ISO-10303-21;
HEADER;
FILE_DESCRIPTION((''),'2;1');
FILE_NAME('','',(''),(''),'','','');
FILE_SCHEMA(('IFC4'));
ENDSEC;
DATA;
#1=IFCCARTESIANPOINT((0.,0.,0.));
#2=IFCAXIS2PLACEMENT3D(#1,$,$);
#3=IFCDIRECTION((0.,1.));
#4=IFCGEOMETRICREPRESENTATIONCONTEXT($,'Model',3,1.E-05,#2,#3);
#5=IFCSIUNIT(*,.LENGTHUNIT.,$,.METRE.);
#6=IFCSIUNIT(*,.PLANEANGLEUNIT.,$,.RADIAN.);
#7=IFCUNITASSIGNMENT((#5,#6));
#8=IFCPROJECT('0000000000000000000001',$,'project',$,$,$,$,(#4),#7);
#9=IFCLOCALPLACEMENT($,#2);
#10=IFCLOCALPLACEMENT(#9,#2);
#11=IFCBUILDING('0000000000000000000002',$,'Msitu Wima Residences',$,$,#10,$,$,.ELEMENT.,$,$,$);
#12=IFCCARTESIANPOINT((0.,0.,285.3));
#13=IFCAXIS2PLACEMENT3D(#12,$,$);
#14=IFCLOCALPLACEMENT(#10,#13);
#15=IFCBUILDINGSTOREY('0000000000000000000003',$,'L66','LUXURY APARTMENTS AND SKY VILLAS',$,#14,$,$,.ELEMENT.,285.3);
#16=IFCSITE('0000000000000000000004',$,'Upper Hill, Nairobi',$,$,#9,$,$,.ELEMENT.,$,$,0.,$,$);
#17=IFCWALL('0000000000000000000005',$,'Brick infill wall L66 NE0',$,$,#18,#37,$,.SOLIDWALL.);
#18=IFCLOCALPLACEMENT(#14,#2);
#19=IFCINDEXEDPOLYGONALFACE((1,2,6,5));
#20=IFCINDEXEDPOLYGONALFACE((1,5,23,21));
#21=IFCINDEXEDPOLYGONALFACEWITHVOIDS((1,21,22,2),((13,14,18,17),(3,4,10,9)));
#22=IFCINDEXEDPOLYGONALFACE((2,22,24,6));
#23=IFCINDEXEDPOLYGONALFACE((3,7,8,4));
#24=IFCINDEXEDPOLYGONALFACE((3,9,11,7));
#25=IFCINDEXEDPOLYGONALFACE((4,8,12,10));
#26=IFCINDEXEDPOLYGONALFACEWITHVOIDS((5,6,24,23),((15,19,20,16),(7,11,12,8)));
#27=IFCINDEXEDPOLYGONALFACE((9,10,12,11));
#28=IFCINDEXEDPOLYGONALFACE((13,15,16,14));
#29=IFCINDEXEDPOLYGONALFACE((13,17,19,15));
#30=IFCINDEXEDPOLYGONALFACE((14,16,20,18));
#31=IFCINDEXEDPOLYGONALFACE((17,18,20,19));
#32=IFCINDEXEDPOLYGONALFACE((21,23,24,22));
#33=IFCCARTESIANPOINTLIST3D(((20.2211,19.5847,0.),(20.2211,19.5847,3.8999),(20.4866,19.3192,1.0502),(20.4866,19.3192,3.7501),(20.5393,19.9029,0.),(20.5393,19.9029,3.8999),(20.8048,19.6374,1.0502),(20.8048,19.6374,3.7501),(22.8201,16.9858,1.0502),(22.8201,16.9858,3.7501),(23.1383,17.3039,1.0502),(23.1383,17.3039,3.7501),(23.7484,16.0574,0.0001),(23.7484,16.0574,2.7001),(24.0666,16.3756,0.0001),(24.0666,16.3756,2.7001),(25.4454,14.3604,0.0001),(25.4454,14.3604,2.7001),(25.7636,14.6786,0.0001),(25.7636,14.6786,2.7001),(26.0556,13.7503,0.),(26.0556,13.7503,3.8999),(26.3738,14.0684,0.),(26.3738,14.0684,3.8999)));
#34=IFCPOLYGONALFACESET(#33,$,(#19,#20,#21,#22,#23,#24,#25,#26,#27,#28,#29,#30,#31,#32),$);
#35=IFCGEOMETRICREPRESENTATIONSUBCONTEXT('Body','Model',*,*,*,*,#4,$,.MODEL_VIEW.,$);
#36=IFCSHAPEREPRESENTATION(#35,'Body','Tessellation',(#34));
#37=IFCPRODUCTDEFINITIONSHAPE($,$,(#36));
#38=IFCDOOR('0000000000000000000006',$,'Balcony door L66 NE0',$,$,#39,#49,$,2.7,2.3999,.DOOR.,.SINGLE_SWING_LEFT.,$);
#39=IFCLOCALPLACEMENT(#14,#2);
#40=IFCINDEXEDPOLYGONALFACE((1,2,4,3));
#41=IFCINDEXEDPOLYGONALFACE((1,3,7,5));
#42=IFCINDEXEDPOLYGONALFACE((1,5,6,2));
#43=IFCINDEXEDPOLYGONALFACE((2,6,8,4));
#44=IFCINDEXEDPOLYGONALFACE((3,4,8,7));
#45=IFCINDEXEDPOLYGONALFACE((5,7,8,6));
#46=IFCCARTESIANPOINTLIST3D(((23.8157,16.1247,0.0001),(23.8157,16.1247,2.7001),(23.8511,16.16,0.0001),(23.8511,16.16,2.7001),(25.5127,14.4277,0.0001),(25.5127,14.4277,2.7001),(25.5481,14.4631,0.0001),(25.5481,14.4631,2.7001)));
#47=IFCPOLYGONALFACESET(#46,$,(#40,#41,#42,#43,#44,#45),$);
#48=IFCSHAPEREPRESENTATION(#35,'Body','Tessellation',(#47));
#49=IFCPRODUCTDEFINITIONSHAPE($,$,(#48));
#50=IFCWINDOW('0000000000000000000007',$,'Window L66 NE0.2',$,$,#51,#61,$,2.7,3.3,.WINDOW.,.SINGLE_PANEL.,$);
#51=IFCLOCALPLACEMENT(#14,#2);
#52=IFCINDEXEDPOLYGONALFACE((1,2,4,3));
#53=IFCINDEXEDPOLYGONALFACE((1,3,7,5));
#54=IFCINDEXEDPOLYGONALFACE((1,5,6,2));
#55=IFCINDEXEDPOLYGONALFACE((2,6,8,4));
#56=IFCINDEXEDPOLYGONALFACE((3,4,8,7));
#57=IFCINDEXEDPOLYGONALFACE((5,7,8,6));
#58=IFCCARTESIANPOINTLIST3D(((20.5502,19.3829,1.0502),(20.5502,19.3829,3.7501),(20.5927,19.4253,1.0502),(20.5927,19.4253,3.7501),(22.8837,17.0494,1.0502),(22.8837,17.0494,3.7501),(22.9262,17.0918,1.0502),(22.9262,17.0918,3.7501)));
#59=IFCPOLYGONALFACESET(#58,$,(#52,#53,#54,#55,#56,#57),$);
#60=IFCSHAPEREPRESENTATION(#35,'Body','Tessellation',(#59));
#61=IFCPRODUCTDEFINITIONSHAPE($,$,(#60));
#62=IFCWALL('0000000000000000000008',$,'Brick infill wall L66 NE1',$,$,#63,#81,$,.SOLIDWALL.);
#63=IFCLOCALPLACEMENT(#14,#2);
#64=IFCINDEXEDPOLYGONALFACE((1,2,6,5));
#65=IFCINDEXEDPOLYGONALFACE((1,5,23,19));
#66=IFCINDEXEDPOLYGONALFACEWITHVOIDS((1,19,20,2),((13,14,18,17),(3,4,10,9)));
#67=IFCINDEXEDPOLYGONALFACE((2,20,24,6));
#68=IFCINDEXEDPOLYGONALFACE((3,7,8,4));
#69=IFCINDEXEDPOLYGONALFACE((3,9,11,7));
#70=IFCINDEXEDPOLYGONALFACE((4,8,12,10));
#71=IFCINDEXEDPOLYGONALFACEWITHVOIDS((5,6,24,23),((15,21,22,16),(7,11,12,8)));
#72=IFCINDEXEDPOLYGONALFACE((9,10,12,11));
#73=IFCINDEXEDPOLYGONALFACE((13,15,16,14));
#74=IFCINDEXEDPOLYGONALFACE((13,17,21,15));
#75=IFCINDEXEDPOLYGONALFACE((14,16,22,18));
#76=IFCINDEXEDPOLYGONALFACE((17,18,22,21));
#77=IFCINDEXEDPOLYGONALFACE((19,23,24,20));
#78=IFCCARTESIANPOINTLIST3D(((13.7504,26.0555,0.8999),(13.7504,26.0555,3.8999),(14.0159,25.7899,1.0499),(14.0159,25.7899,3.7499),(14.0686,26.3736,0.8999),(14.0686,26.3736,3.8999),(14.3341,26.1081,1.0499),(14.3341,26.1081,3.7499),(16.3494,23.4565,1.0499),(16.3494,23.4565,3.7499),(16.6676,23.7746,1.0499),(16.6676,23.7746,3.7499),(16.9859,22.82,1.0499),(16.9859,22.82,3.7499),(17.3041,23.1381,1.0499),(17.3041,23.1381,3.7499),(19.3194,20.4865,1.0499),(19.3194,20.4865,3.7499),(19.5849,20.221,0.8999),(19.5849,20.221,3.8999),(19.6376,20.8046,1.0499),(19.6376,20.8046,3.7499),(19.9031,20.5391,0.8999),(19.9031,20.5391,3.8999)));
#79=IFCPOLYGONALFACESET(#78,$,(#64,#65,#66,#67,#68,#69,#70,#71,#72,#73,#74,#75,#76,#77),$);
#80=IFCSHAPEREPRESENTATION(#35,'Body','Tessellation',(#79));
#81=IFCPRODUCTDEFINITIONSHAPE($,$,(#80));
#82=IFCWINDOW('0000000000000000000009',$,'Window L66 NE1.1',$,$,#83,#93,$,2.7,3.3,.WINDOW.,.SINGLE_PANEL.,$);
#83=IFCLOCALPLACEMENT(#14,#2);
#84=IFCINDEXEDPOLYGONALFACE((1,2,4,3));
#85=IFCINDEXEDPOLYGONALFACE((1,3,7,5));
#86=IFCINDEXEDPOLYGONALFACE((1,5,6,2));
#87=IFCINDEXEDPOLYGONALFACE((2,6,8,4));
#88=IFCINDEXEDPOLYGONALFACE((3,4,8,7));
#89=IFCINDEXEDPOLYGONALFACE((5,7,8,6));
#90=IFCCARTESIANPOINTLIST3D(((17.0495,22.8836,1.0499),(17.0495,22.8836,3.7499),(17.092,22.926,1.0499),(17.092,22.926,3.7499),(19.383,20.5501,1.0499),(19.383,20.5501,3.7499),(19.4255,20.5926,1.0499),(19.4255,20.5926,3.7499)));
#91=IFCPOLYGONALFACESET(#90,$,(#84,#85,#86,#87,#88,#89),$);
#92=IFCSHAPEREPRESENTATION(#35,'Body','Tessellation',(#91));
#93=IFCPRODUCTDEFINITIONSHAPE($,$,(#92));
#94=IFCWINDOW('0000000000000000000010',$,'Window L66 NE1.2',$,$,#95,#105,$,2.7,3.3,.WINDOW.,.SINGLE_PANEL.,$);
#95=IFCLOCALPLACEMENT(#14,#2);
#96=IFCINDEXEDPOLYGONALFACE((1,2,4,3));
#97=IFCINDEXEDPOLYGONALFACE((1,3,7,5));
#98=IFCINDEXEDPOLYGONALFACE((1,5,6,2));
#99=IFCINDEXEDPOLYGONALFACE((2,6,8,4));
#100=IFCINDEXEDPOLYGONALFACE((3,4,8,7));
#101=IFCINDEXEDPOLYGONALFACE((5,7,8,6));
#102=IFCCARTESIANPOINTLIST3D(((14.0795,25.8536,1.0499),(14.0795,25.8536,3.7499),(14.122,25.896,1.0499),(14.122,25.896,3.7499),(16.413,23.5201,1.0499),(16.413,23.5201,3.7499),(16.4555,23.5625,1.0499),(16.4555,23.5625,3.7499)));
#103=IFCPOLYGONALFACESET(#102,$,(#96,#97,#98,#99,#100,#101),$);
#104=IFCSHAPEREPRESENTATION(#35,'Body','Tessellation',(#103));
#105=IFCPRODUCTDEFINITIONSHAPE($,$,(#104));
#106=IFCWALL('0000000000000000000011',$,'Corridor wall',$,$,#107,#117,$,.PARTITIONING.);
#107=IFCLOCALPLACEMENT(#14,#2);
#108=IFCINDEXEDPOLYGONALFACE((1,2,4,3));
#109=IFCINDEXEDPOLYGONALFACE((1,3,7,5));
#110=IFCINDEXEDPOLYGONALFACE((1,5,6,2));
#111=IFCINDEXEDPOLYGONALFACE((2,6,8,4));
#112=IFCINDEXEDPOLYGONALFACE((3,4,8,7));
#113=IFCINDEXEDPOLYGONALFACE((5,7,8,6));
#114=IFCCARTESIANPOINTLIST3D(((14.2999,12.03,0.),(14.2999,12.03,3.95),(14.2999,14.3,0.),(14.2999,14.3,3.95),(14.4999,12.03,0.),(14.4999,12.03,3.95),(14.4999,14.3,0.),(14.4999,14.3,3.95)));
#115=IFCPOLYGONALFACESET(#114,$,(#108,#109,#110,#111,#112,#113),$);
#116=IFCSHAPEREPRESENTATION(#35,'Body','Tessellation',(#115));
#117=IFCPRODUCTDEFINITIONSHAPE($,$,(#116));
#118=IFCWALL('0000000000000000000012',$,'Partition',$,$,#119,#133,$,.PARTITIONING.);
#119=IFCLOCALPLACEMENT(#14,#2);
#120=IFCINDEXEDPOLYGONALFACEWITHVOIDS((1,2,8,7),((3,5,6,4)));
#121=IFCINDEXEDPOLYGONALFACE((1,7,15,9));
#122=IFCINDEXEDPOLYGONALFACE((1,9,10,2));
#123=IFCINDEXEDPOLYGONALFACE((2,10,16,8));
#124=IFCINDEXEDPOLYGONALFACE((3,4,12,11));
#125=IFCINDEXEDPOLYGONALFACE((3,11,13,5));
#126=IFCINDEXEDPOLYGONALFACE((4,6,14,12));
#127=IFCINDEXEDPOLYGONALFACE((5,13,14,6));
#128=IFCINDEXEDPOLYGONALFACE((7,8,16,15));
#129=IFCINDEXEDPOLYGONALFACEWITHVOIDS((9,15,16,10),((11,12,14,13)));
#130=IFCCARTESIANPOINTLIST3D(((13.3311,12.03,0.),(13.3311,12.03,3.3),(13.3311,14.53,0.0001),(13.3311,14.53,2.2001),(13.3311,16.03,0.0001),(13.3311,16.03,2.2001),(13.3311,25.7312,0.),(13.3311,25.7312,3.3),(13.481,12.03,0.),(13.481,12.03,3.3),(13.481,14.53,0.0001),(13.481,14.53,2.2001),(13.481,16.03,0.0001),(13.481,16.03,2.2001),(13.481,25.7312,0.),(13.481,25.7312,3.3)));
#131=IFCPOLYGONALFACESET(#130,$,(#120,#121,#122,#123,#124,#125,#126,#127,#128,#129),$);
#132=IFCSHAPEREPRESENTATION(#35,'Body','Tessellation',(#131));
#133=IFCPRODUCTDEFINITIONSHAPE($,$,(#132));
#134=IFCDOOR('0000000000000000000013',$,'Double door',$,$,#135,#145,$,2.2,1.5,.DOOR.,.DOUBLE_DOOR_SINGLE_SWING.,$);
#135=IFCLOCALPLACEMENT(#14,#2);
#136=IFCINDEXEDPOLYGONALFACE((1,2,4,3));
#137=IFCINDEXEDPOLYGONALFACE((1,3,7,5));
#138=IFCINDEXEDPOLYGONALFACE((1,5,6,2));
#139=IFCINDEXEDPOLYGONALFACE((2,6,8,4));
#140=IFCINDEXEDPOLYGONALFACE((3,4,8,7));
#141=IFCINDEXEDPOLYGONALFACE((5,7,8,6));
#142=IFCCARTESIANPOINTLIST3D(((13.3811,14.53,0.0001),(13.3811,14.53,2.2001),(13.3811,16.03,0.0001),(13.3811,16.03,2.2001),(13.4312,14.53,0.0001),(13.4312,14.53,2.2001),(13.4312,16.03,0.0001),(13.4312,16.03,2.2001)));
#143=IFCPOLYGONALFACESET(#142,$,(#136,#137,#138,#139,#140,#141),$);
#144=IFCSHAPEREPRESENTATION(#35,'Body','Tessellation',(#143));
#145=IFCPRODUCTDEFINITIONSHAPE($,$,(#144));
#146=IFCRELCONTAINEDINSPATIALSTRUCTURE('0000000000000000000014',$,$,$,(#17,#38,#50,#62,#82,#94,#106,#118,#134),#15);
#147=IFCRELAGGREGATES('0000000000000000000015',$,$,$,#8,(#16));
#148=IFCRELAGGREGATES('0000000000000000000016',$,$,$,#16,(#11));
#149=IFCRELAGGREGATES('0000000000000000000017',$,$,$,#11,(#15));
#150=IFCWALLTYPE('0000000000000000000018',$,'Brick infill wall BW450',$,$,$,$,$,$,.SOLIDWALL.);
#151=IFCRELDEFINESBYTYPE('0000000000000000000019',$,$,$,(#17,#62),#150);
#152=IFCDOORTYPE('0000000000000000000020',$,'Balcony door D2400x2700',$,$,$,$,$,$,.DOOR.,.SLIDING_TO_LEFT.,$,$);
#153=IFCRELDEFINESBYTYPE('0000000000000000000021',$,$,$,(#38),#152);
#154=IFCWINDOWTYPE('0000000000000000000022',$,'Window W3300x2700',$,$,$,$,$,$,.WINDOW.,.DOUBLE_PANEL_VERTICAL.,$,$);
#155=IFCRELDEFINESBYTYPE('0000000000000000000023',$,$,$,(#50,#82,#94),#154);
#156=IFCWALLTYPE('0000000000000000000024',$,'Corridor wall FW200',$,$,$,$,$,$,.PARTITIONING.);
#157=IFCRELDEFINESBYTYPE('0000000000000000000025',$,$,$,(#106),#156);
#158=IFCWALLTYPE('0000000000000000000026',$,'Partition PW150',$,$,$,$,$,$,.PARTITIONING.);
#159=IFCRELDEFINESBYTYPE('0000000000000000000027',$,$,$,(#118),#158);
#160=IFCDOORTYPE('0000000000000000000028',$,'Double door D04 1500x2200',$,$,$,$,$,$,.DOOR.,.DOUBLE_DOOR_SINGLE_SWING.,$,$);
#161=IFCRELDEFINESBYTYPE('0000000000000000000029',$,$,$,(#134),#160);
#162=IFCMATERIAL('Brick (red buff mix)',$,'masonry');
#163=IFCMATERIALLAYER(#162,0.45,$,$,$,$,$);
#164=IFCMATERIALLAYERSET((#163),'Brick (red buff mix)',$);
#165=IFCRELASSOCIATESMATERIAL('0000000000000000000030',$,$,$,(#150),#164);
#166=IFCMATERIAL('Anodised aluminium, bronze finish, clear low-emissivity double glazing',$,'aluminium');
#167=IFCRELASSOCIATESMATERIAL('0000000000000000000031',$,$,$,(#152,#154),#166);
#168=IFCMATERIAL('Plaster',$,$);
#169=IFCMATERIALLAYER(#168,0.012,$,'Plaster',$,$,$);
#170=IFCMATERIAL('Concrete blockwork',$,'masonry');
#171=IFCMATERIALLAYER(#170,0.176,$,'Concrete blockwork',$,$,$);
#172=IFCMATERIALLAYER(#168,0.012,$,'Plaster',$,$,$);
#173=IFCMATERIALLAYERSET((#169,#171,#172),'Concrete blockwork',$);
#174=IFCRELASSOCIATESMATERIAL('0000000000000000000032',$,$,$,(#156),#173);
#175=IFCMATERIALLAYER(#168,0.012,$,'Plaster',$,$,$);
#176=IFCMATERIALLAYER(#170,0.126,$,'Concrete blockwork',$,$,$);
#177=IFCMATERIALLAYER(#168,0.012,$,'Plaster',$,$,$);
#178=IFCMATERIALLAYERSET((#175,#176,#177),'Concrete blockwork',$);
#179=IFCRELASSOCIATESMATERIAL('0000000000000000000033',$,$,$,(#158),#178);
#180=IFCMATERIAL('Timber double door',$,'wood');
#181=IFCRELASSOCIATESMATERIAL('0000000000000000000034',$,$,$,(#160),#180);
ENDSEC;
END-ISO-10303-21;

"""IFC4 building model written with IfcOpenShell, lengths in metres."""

from ifc_helpers import new_model, si_unit, direction, frame, frame_2d, origin, place, context, subcontext, project, spatial, rectangle, extrude, material, layer, layer_set, type_object, element, fill, save


model = new_model("IFC4")

# Units and contexts
model_context = context("Model", 3, precision=1e-05, world=origin(), true_north=direction((0.0, 1.0)))
body_context = subcontext(model_context, "Body", "Model", "MODEL_VIEW")
ifc_project = project(units=[si_unit("LENGTHUNIT", "METRE"), si_unit("PLANEANGLEUNIT", "RADIAN")], contexts=[model_context])

# Site, building, storey
site_placement = place(None, origin())
site = spatial("IfcSite", under=ifc_project, at=site_placement, Name="Upper Hill, Nairobi", CompositionType="ELEMENT", RefElevation=0.0)
building_placement = place(site_placement, origin())
building = spatial("IfcBuilding", under=site, at=building_placement, Name="Msitu Wima Residences", CompositionType="ELEMENT")
storey_placement = place(building_placement, frame((0.0, 0.0, 285.3)))
storey = spatial("IfcBuildingStorey", under=building, at=storey_placement, Name="L66", Description="LUXURY APARTMENTS AND SKY VILLAS", CompositionType="ELEMENT", Elevation=285.3)

# Wall, openings, door, window
ifc_material_1 = material(Name="Brick (red buff mix)", Category="masonry")
ifc_layer_1 = layer(ifc_material_1, 0.45)
ifc_layer_set_1 = layer_set([ifc_layer_1], Name="Brick (red buff mix)")
wall_type_1 = type_object("IfcWallType", Name="Brick infill wall BW450", PredefinedType="SOLIDWALL", material=ifc_layer_set_1)
wall_1_placement = place(storey_placement, frame((26.2146, 13.9094, 0.0), z_axis=(0.0, 0.0, 1.0), x_axis=(-0.707107, 0.707107, 0.0)))
wall_1 = element("IfcWall", 1, at=wall_1_placement, inside=storey, type_object=wall_type_1, Name="Brick infill wall L66 NE0", PredefinedType="SOLIDWALL", context=body_context, shape_type="SweptSolid", body=[
    extrude(rectangle(XDim=8.2512, YDim=0.45, at=frame_2d((4.1255, 0.0))), origin(), (0.0, 0.0, 1.0), 3.8999),
])
opening_1_placement = place(wall_1_placement, frame((0.8628, 0.0, 0.0)))
opening_1 = element("IfcOpeningElement", 2, at=opening_1_placement, cuts=wall_1, PredefinedType="OPENING", context=body_context, shape_type="SweptSolid", body=[
    extrude(rectangle(XDim=2.3999, YDim=2.7, at=frame_2d((1.2, 1.3501))), frame((0.0, 0.2349, 0.0), z_axis=(0.0, -1.0, 0.0), x_axis=(1.0, 0.0, 0.0)), (0.0, 0.0, 1.0), 0.47),
])
opening_2_placement = place(wall_1_placement, frame((4.5757, 0.0, 1.05)))
opening_2 = element("IfcOpeningElement", 3, at=opening_2_placement, cuts=wall_1, PredefinedType="OPENING", context=body_context, shape_type="SweptSolid", body=[
    extrude(rectangle(XDim=3.3, YDim=2.7, at=frame_2d((1.6499, 1.3501))), frame((0.0, 0.2349, 0.0), z_axis=(0.0, -1.0, 0.0), x_axis=(1.0, 0.0, 0.0)), (0.0, 0.0, 1.0), 0.47),
])
ifc_material_2 = material(Name="Anodised aluminium, bronze finish, clear low-emissivity double glazing", Category="aluminium")
door_type_1 = type_object("IfcDoorType", Name="Balcony door D2400x2700", OperationType="SLIDING_TO_LEFT", PredefinedType="DOOR", material=ifc_material_2)
door_1_placement = place(opening_1_placement, origin())
door_1 = element("IfcDoor", 4, at=door_1_placement, inside=storey, type_object=door_type_1, Name="Balcony door L66 NE0", OperationType="SINGLE_SWING_LEFT", OverallHeight=2.7, OverallWidth=2.3999, PredefinedType="DOOR", context=body_context, shape_type="SweptSolid", body=[
    extrude(rectangle(XDim=2.3999, YDim=2.7, at=frame_2d((1.2, 1.3501))), frame((0.0, 0.1299, 0.0), z_axis=(0.0, -1.0, 0.0), x_axis=(1.0, 0.0, 0.0)), (0.0, 0.0, 1.0), 0.05),
])
fill(opening_1, door_1)
window_type = type_object("IfcWindowType", Name="Window W3300x2700", PartitioningType="DOUBLE_PANEL_VERTICAL", PredefinedType="WINDOW", material=ifc_material_2)
window_1_placement = place(opening_2_placement, origin())
window_1 = element("IfcWindow", 5, at=window_1_placement, inside=storey, type_object=window_type, Name="Window L66 NE0.2", OverallHeight=2.7, OverallWidth=3.3, PartitioningType="SINGLE_PANEL", PredefinedType="WINDOW", context=body_context, shape_type="SweptSolid", body=[
    extrude(rectangle(XDim=3.3, YDim=2.7, at=frame_2d((1.6499, 1.3501))), frame((0.0, 0.135, 0.0), z_axis=(0.0, -1.0, 0.0), x_axis=(1.0, 0.0, 0.0)), (0.0, 0.0, 1.0), 0.0601),
])
fill(opening_2, window_1)

# Wall, openings, windows
wall_2_placement = place(storey_placement, frame((19.7439, 20.3801, 0.8999), z_axis=(0.0, 0.0, 1.0), x_axis=(-0.707107, 0.707107, 0.0)))
wall_2 = element("IfcWall", 6, at=wall_2_placement, inside=storey, type_object=wall_type_1, Name="Brick infill wall L66 NE1", PredefinedType="SOLIDWALL", context=body_context, shape_type="SweptSolid", body=[
    extrude(rectangle(XDim=8.2512, YDim=0.45, at=frame_2d((4.1255, 0.0))), origin(), (0.0, 0.0, 1.0), 3.0),
])
opening_3_placement = place(wall_2_placement, frame((0.3755, 0.0, 0.1499)))
opening_3 = element("IfcOpeningElement", 7, at=opening_3_placement, cuts=wall_2, PredefinedType="OPENING", context=body_context, shape_type="SweptSolid", body=[
    extrude(rectangle(XDim=3.3, YDim=2.7, at=frame_2d((1.6499, 1.3501))), frame((0.0, 0.2349, 0.0), z_axis=(0.0, -1.0, 0.0), x_axis=(1.0, 0.0, 0.0)), (0.0, 0.0, 1.0), 0.47),
])
opening_4_placement = place(wall_2_placement, frame((4.5757, 0.0, 0.1499)))
opening_4 = element("IfcOpeningElement", 8, at=opening_4_placement, cuts=wall_2, PredefinedType="OPENING", context=body_context, shape_type="SweptSolid", body=[
    extrude(rectangle(XDim=3.3, YDim=2.7, at=frame_2d((1.6499, 1.3501))), frame((0.0, 0.2349, 0.0), z_axis=(0.0, -1.0, 0.0), x_axis=(1.0, 0.0, 0.0)), (0.0, 0.0, 1.0), 0.47),
])
window_2_placement = place(opening_3_placement, origin())
window_2 = element("IfcWindow", 9, at=window_2_placement, inside=storey, type_object=window_type, Name="Window L66 NE1.1", OverallHeight=2.7, OverallWidth=3.3, PartitioningType="SINGLE_PANEL", PredefinedType="WINDOW", context=body_context, shape_type="SweptSolid", body=[
    extrude(rectangle(XDim=3.3, YDim=2.7, at=frame_2d((1.6499, 1.3501))), frame((0.0, 0.135, 0.0), z_axis=(0.0, -1.0, 0.0), x_axis=(1.0, 0.0, 0.0)), (0.0, 0.0, 1.0), 0.0601),
])
fill(opening_3, window_2)
window_3_placement = place(opening_4_placement, origin())
window_3 = element("IfcWindow", 10, at=window_3_placement, inside=storey, type_object=window_type, Name="Window L66 NE1.2", OverallHeight=2.7, OverallWidth=3.3, PartitioningType="SINGLE_PANEL", PredefinedType="WINDOW", context=body_context, shape_type="SweptSolid", body=[
    extrude(rectangle(XDim=3.3, YDim=2.7, at=frame_2d((1.6499, 1.3501))), frame((0.0, 0.135, 0.0), z_axis=(0.0, -1.0, 0.0), x_axis=(1.0, 0.0, 0.0)), (0.0, 0.0, 1.0), 0.0601),
])
fill(opening_4, window_3)

# Wall
ifc_material_3 = material(Name="Plaster")
ifc_layer_2 = layer(ifc_material_3, 0.012, Name="Plaster")
ifc_material_4 = material(Name="Concrete blockwork", Category="masonry")
ifc_layer_3 = layer(ifc_material_4, 0.176, Name="Concrete blockwork")
ifc_layer_4 = layer(ifc_material_3, 0.012, Name="Plaster")
ifc_layer_set_2 = layer_set([ifc_layer_2, ifc_layer_3, ifc_layer_4], Name="Concrete blockwork")
wall_type_2 = type_object("IfcWallType", Name="Corridor wall FW200", PredefinedType="PARTITIONING", material=ifc_layer_set_2)
wall_3_placement = place(storey_placement, frame((14.3999, 12.03, 0.0), z_axis=(0.0, 0.0, 1.0), x_axis=(0.0, 1.0, 0.0)))
element("IfcWall", 11, at=wall_3_placement, inside=storey, type_object=wall_type_2, Name="Corridor wall", PredefinedType="PARTITIONING", context=body_context, shape_type="SweptSolid", body=[
    extrude(rectangle(XDim=2.27, YDim=0.2, at=frame_2d((1.135, 0.0))), origin(), (0.0, 0.0, 1.0), 3.95),
])

# Wall, opening, door
ifc_layer_5 = layer(ifc_material_3, 0.012, Name="Plaster")
ifc_layer_6 = layer(ifc_material_4, 0.126, Name="Concrete blockwork")
ifc_layer_7 = layer(ifc_material_3, 0.012, Name="Plaster")
ifc_layer_set_3 = layer_set([ifc_layer_5, ifc_layer_6, ifc_layer_7], Name="Concrete blockwork")
wall_type_3 = type_object("IfcWallType", Name="Partition PW150", PredefinedType="PARTITIONING", material=ifc_layer_set_3)
wall_4_placement = place(storey_placement, frame((13.406, 12.03, 0.0), z_axis=(0.0, 0.0, 1.0), x_axis=(0.0, 1.0, 0.0)))
wall_4 = element("IfcWall", 12, at=wall_4_placement, inside=storey, type_object=wall_type_3, Name="Partition", PredefinedType="PARTITIONING", context=body_context, shape_type="SweptSolid", body=[
    extrude(rectangle(XDim=13.7012, YDim=0.1499, at=frame_2d((6.8506, 0.0))), origin(), (0.0, 0.0, 1.0), 3.3),
])
opening_5_placement = place(wall_4_placement, frame((2.5, 0.0, 0.0)))
opening_5 = element("IfcOpeningElement", 13, at=opening_5_placement, cuts=wall_4, PredefinedType="OPENING", context=body_context, shape_type="SweptSolid", body=[
    extrude(rectangle(XDim=1.5, YDim=2.2, at=frame_2d((0.75, 1.1001))), frame((0.0, 0.085, 0.0), z_axis=(0.0, -1.0, 0.0), x_axis=(1.0, 0.0, 0.0)), (0.0, 0.0, 1.0), 0.1699),
])
ifc_material_5 = material(Name="Timber double door", Category="wood")
door_type_2 = type_object("IfcDoorType", Name="Double door D04 1500x2200", OperationType="DOUBLE_DOOR_SINGLE_SWING", PredefinedType="DOOR", material=ifc_material_5)
door_2_placement = place(opening_5_placement, origin())
door_2 = element("IfcDoor", 14, at=door_2_placement, inside=storey, type_object=door_type_2, Name="Double door", OperationType="DOUBLE_DOOR_SINGLE_SWING", OverallHeight=2.2, OverallWidth=1.5, PredefinedType="DOOR", context=body_context, shape_type="SweptSolid", body=[
    extrude(rectangle(XDim=1.5, YDim=2.2, at=frame_2d((0.75, 1.1001))), frame((0.0, 0.0249, 0.0), z_axis=(0.0, -1.0, 0.0), x_axis=(1.0, 0.0, 0.0)), (0.0, 0.0, 1.0), 0.05),
])
fill(opening_5, door_2)

save(model, "model.ifc")
